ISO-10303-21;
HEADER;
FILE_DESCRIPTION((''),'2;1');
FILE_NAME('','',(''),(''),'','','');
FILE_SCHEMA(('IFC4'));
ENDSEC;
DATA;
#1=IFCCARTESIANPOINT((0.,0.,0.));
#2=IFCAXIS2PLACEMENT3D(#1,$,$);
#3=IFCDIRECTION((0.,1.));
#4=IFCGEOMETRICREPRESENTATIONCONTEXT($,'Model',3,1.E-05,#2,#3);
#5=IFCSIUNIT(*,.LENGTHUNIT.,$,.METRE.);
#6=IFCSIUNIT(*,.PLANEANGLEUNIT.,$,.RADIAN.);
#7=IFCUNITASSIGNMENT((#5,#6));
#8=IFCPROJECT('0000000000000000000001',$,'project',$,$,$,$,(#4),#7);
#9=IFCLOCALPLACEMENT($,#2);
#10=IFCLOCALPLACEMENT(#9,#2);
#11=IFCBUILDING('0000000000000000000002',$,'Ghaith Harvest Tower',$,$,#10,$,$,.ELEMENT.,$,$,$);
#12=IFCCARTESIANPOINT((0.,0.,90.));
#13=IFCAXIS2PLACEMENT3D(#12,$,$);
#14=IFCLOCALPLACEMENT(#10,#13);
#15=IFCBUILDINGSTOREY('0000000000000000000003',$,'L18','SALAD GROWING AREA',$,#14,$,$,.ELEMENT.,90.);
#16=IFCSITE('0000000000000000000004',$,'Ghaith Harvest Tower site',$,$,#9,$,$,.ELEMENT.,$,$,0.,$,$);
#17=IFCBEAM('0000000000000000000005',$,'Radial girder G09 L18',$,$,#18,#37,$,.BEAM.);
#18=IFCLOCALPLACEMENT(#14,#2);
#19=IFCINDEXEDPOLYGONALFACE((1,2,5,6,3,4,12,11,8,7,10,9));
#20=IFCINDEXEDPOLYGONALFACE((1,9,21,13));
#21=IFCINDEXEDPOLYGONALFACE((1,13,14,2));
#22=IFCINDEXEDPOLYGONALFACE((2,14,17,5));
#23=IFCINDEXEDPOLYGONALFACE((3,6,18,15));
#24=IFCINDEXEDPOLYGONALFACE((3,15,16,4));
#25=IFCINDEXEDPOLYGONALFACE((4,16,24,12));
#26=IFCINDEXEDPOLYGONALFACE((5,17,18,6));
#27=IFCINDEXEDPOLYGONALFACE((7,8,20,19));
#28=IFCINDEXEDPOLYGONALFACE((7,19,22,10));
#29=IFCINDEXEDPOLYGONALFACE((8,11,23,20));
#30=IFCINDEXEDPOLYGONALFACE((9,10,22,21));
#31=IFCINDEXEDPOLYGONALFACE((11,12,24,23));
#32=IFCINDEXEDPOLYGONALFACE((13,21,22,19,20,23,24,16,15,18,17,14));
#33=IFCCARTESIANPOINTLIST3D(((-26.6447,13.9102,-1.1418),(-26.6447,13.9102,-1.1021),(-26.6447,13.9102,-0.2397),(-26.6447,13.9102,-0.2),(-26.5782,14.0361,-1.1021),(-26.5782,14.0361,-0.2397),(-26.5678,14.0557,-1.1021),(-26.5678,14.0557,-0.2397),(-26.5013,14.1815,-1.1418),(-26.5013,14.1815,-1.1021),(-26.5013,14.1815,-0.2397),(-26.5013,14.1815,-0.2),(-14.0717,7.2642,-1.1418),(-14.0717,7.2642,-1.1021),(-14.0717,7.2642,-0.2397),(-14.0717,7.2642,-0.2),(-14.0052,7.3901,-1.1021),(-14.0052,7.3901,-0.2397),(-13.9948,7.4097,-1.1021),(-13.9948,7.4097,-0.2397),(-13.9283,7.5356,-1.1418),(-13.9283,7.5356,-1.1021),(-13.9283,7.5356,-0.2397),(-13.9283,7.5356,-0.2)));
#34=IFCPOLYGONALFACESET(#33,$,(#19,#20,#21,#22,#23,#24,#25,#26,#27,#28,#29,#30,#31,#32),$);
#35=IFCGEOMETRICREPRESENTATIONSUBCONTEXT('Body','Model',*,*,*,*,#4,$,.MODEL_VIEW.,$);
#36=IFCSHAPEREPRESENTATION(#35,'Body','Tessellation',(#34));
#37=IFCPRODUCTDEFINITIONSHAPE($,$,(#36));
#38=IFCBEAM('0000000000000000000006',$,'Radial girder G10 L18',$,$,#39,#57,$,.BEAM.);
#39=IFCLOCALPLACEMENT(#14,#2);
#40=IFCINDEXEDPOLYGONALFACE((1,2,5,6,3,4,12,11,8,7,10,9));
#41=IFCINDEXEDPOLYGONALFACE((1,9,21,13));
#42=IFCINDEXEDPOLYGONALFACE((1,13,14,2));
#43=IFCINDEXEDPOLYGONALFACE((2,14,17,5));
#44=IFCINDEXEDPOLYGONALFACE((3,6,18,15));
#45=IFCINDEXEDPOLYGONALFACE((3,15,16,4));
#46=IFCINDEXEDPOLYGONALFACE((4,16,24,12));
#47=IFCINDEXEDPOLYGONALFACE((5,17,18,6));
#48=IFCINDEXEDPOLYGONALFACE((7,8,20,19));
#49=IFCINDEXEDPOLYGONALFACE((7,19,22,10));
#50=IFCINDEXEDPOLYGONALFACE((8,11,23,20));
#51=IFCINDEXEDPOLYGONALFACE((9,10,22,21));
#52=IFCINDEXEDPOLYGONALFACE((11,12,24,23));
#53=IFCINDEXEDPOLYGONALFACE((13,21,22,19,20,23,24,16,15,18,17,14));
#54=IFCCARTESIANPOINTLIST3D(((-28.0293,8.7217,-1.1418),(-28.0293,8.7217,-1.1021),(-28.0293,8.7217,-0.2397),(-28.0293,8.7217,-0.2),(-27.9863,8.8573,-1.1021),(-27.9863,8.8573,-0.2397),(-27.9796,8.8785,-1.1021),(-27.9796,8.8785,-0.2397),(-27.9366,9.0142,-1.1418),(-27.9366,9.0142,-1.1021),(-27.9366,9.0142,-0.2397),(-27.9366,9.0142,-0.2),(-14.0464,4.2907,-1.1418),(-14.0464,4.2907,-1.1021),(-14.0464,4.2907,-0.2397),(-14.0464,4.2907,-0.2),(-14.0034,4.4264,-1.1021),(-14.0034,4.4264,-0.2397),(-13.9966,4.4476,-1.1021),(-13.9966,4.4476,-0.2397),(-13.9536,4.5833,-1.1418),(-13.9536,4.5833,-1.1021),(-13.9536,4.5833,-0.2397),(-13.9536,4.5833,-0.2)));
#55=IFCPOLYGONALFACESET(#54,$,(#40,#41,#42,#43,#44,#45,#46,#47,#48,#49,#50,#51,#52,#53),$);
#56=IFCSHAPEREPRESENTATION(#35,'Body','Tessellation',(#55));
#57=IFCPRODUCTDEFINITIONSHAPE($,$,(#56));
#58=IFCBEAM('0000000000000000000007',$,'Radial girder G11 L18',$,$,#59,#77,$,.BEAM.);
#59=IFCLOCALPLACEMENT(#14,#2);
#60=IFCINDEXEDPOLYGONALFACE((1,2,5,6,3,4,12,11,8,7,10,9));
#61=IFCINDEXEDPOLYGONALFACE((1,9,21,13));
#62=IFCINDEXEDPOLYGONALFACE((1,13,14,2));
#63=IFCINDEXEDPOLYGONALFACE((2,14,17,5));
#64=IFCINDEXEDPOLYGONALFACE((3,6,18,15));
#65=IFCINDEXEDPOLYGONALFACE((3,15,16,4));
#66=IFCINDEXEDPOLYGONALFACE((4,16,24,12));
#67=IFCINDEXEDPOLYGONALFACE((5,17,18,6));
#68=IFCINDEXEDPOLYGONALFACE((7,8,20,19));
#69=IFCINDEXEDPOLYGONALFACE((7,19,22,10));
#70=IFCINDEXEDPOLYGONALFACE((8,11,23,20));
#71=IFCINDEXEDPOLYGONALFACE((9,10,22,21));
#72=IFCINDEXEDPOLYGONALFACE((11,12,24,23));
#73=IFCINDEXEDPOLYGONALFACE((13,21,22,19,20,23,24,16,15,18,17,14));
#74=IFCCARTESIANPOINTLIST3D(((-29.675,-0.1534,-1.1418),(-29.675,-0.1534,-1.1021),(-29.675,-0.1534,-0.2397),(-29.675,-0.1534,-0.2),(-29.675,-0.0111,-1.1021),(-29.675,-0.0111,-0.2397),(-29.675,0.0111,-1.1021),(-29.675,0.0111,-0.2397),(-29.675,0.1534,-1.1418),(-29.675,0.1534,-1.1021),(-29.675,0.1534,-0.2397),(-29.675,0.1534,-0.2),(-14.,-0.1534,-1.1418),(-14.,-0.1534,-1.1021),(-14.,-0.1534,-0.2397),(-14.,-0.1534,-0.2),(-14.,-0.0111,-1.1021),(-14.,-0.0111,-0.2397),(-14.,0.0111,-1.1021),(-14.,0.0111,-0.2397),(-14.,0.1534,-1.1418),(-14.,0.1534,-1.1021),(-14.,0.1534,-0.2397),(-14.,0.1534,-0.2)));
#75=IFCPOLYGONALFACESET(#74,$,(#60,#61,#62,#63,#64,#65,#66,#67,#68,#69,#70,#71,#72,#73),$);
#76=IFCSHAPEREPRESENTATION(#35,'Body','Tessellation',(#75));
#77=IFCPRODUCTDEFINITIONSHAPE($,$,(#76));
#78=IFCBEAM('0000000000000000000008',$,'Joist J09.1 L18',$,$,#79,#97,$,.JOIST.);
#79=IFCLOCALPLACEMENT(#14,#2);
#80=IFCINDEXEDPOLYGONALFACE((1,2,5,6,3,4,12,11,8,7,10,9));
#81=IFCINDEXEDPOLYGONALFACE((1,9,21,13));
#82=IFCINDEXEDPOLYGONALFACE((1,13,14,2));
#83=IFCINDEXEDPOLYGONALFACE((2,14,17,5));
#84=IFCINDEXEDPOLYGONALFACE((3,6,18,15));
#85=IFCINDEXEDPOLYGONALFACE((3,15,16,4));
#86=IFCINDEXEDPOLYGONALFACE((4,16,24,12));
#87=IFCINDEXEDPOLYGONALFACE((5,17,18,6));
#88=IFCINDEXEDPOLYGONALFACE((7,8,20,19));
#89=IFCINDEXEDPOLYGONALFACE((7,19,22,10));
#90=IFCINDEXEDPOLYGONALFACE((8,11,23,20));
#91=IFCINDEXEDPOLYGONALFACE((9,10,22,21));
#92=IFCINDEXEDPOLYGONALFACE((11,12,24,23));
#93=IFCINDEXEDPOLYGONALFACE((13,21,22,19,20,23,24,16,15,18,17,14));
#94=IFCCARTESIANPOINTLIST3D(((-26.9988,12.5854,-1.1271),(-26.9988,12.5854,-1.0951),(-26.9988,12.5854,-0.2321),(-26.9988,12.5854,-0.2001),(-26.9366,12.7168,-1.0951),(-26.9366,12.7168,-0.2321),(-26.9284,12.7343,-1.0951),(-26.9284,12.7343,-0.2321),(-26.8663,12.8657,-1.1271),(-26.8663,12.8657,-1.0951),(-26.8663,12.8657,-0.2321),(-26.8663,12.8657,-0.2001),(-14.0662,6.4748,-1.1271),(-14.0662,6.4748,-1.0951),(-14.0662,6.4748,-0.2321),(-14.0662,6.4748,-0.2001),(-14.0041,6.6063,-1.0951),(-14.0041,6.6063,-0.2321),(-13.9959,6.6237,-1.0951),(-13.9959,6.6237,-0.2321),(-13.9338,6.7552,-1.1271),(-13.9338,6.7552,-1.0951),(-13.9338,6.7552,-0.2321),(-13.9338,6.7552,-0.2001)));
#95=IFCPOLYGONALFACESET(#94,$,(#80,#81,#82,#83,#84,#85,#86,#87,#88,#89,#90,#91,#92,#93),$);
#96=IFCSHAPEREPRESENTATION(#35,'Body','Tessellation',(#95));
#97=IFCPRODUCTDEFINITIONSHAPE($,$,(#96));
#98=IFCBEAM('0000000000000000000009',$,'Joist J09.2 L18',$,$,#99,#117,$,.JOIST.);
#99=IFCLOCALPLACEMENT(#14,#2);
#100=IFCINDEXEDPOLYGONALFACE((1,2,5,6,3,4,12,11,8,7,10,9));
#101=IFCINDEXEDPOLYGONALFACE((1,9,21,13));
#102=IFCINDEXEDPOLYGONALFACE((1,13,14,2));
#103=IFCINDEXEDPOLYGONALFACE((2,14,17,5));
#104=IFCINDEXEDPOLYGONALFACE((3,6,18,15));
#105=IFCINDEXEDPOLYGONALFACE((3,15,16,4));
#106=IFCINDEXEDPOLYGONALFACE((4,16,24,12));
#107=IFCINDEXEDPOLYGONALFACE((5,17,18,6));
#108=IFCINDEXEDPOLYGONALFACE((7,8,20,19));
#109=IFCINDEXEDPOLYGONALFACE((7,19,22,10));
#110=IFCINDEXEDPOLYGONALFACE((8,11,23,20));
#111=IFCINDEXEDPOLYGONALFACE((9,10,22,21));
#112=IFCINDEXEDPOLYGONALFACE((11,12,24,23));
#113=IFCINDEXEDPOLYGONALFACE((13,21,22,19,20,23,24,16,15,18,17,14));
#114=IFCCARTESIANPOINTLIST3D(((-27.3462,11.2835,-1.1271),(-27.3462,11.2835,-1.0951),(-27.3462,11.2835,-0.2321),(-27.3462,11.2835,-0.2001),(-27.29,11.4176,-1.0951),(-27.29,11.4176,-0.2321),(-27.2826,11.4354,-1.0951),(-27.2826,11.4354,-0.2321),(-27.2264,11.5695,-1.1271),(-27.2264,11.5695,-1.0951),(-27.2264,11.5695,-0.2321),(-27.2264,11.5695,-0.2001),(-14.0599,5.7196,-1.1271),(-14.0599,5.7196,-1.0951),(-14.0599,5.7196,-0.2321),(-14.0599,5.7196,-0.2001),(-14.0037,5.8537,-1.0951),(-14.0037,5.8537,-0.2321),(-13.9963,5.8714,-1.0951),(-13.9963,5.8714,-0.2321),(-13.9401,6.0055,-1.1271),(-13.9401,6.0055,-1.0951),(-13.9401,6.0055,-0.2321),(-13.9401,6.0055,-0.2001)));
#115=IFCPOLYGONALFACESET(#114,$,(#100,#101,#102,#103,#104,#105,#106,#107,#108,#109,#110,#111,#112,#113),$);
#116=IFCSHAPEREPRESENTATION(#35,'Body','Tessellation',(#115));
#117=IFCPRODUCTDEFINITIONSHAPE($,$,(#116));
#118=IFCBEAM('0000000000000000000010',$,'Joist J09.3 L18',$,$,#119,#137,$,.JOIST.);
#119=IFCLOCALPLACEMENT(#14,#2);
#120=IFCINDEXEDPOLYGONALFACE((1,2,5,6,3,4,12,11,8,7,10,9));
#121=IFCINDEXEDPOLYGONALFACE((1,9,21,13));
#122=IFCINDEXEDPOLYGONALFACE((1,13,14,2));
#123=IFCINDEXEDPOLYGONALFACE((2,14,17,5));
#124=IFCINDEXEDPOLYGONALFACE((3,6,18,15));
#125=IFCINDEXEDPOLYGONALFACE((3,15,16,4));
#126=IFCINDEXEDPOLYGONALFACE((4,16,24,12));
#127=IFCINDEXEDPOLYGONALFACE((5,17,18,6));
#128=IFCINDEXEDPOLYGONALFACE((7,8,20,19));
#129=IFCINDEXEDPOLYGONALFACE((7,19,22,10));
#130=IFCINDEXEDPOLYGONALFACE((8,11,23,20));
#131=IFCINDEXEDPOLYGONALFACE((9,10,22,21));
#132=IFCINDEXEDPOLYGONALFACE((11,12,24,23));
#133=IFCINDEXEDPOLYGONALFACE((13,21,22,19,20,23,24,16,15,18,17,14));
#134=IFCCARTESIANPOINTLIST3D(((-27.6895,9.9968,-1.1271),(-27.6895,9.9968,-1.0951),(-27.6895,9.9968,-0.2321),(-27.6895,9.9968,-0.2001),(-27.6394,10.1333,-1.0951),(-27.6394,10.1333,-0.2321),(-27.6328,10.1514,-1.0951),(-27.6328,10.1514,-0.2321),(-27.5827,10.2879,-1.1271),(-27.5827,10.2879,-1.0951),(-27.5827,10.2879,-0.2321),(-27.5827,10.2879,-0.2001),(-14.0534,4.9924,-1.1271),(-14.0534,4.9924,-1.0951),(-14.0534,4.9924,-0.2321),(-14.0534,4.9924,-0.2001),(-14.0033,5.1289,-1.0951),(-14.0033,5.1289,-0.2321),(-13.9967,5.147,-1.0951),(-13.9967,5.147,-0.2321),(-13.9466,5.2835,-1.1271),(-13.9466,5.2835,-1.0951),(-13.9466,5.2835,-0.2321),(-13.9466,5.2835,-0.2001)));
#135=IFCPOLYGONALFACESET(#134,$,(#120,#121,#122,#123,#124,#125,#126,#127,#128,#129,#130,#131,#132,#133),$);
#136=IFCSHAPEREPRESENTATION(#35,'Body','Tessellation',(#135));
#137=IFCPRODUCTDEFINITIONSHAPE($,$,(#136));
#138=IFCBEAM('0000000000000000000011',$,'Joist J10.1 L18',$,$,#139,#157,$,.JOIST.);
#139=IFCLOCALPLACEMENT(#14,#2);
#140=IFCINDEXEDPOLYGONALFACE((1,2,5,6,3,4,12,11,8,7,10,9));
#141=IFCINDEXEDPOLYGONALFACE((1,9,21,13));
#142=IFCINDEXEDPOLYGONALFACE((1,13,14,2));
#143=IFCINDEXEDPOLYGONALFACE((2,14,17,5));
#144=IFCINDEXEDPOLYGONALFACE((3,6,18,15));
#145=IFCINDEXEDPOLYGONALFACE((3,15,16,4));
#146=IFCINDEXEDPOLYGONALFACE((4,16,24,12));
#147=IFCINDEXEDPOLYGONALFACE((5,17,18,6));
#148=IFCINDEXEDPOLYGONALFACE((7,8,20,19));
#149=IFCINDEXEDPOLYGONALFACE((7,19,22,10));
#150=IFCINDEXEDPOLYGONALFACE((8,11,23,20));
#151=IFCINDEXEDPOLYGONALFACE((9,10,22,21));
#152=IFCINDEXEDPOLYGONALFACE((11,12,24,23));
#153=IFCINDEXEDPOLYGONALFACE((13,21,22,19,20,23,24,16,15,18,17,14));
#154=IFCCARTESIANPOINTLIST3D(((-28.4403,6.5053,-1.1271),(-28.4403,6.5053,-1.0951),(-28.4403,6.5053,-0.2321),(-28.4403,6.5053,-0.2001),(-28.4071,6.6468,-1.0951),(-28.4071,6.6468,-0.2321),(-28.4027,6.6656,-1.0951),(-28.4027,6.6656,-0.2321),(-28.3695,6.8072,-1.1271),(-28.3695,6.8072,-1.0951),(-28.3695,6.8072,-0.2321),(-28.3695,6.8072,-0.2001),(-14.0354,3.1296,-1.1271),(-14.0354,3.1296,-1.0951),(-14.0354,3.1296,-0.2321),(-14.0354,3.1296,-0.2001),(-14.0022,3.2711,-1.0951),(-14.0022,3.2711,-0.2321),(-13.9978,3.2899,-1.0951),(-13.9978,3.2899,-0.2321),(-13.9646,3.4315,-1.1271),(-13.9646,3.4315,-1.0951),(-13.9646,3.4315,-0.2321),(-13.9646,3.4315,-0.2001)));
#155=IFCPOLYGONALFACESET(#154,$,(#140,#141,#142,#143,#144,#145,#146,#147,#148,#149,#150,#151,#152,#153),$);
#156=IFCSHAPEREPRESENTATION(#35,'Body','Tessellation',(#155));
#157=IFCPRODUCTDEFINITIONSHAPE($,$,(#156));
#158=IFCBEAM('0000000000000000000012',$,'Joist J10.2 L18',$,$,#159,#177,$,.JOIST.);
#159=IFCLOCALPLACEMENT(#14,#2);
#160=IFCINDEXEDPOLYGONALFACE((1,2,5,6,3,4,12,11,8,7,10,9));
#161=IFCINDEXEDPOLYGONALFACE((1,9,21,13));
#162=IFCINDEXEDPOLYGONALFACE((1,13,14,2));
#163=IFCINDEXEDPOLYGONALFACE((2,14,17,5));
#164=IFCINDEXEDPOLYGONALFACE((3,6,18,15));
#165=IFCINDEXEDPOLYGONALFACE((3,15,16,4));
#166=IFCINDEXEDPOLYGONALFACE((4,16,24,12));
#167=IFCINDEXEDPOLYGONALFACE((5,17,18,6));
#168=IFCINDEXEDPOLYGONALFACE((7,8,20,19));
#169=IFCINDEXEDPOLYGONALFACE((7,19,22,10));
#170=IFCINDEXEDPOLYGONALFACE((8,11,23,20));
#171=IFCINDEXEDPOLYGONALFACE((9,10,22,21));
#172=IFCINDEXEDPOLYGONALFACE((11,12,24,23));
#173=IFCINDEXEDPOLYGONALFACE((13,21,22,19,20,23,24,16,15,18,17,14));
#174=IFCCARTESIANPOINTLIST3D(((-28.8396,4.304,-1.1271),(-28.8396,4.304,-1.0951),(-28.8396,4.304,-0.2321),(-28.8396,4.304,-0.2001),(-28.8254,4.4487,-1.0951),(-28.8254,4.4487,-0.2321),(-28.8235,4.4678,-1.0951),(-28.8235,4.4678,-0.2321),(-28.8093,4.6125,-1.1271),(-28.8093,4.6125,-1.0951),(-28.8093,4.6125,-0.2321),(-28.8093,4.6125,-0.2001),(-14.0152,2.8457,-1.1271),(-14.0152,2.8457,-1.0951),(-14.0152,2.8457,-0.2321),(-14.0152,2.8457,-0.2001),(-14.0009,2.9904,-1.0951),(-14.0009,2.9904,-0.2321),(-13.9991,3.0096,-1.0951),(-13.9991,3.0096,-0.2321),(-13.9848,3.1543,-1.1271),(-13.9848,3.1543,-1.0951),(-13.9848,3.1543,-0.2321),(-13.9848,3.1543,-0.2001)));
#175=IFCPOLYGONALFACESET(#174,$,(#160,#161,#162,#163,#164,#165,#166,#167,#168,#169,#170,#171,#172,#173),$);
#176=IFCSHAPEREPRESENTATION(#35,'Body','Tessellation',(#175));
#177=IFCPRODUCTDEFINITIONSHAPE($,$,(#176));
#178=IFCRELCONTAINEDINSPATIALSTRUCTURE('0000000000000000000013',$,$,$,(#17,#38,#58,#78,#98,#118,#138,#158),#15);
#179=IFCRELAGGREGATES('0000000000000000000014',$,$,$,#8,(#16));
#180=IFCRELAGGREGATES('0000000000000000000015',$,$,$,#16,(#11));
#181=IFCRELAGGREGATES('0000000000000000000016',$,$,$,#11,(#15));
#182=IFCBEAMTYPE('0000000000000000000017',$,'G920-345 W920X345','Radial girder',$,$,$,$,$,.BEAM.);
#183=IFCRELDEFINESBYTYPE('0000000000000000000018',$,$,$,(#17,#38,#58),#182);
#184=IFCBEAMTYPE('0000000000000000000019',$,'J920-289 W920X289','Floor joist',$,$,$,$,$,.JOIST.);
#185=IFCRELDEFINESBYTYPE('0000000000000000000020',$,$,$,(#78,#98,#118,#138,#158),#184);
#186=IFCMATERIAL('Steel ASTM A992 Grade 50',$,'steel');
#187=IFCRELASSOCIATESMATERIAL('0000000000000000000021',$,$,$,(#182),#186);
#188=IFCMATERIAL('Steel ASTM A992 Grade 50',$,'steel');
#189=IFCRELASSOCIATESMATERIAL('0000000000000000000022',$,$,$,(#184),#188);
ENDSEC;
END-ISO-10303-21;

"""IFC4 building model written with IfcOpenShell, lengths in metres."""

from ifc_helpers import new_model, si_unit, direction, frame, origin, origin_2d, place, context, subcontext, project, spatial, i_section, extrude, material, material_profile, profile_set, type_object, element, save


model = new_model("IFC4")

# Units and contexts
model_context = context("Model", 3, precision=1e-05, world=origin(), true_north=direction((0.0, 1.0)))
body_context = subcontext(model_context, "Body", "Model", "MODEL_VIEW")
ifc_project = project(units=[si_unit("LENGTHUNIT", "METRE"), si_unit("PLANEANGLEUNIT", "RADIAN")], contexts=[model_context])

# Site, building, storey
site_placement = place(None, origin())
site = spatial("IfcSite", under=ifc_project, at=site_placement, Name="Ghaith Harvest Tower site", CompositionType="ELEMENT", RefElevation=0.0)
building_placement = place(site_placement, origin())
building = spatial("IfcBuilding", under=site, at=building_placement, Name="Ghaith Harvest Tower", CompositionType="ELEMENT")
storey_placement = place(building_placement, frame((0.0, 0.0, 90.0)))
storey = spatial("IfcBuildingStorey", under=building, at=storey_placement, Name="L18", Description="SALAD GROWING AREA", CompositionType="ELEMENT", Elevation=90.0)

# Beams
ifc_material_1 = material(Name="Steel ASTM A992 Grade 50", Category="steel")
ifc_material_profile_1 = material_profile(ifc_material_1, i_section(OverallWidth=0.3069, OverallDepth=0.9419, WebThickness=0.0222, FlangeThickness=0.0398, at=origin_2d()), Name="W920X345")
ifc_profile_set_1 = profile_set([ifc_material_profile_1], Name="Steel ASTM A992 Grade 50")
beam_type_1 = type_object("IfcBeamType", Name="G920-345 W920X345", Description="Radial girder", PredefinedType="BEAM", material=ifc_profile_set_1)
beam_1_placement = place(storey_placement, frame((-14.0, 7.3999, -0.6709), z_axis=(-0.884087, 0.467322, 0.0), x_axis=(-0.467322, -0.884087, 0.0)))
element("IfcBeam", 1, at=beam_1_placement, inside=storey, type_object=beam_type_1, Name="Radial girder G09 L18", PredefinedType="BEAM", context=body_context, shape_type="SweptSolid", body=[
    extrude(i_section(OverallWidth=0.3069, OverallDepth=0.9419, WebThickness=0.0222, FlangeThickness=0.0398, at=origin_2d()), origin(), (0.0, 0.0, 1.0), 14.2214),
])
beam_2_placement = place(storey_placement, frame((-14.0, 4.437, -0.6709), z_axis=(-0.953284, 0.302077, 0.0), x_axis=(-0.302077, -0.953284, 0.0)))
element("IfcBeam", 2, at=beam_2_placement, inside=storey, type_object=beam_type_1, Name="Radial girder G10 L18", PredefinedType="BEAM", context=body_context, shape_type="SweptSolid", body=[
    extrude(i_section(OverallWidth=0.3069, OverallDepth=0.9419, WebThickness=0.0222, FlangeThickness=0.0398, at=origin_2d()), origin(), (0.0, 0.0, 1.0), 14.6682),
])
beam_3_placement = place(storey_placement, frame((-14.0, 0.0, -0.6709), z_axis=(-1.0, 0.0, 0.0), x_axis=(0.0, -1.0, 0.0)))
element("IfcBeam", 3, at=beam_3_placement, inside=storey, type_object=beam_type_1, Name="Radial girder G11 L18", PredefinedType="BEAM", context=body_context, shape_type="SweptSolid", body=[
    extrude(i_section(OverallWidth=0.3069, OverallDepth=0.9419, WebThickness=0.0222, FlangeThickness=0.0398, at=origin_2d()), origin(), (0.0, 0.0, 1.0), 15.675),
])
ifc_material_2 = material(Name="Steel ASTM A992 Grade 50", Category="steel")
ifc_material_profile_2 = material_profile(ifc_material_2, i_section(OverallWidth=0.3101, OverallDepth=0.927, WebThickness=0.0193, FlangeThickness=0.032, at=origin_2d()), Name="W920X289")
ifc_profile_set_2 = profile_set([ifc_material_profile_2], Name="Steel ASTM A992 Grade 50")
beam_type_2 = type_object("IfcBeamType", Name="J920-289 W920X289", Description="Floor joist", PredefinedType="JOIST", material=ifc_profile_set_2)
beam_4_placement = place(storey_placement, frame((-14.0, 6.615, -0.6636), z_axis=(-0.904153, 0.427208, 0.0), x_axis=(-0.427208, -0.904153, 0.0)))
element("IfcBeam", 4, at=beam_4_placement, inside=storey, type_object=beam_type_2, Name="Joist J09.1 L18", PredefinedType="JOIST", context=body_context, shape_type="SweptSolid", body=[
    extrude(i_section(OverallWidth=0.3101, OverallDepth=0.927, WebThickness=0.0193, FlangeThickness=0.032, at=origin_2d()), origin(), (0.0, 0.0, 1.0), 14.3035),
])
beam_5_placement = place(storey_placement, frame((-14.0, 5.8625, -0.6636), z_axis=(-0.922386, 0.38627, 0.0), x_axis=(-0.38627, -0.922386, 0.0)))
element("IfcBeam", 5, at=beam_5_placement, inside=storey, type_object=beam_type_2, Name="Joist J09.2 L18", PredefinedType="JOIST", context=body_context, shape_type="SweptSolid", body=[
    extrude(i_section(OverallWidth=0.3101, OverallDepth=0.927, WebThickness=0.0193, FlangeThickness=0.032, at=origin_2d()), origin(), (0.0, 0.0, 1.0), 14.4043),
])
beam_6_placement = place(storey_placement, frame((-14.0, 5.1379, -0.6636), z_axis=(-0.938775, 0.34453, 0.0), x_axis=(-0.34453, -0.938775, 0.0)))
element("IfcBeam", 6, at=beam_6_placement, inside=storey, type_object=beam_type_2, Name="Joist J09.3 L18", PredefinedType="JOIST", context=body_context, shape_type="SweptSolid", body=[
    extrude(i_section(OverallWidth=0.3101, OverallDepth=0.927, WebThickness=0.0193, FlangeThickness=0.032, at=origin_2d()), origin(), (0.0, 0.0, 1.0), 14.5254),
])
beam_7_placement = place(storey_placement, frame((-14.0, 3.2805, -0.6636), z_axis=(-0.973623, 0.228163, 0.0), x_axis=(-0.228163, -0.973623, 0.0)))
element("IfcBeam", 7, at=beam_7_placement, inside=storey, type_object=beam_type_2, Name="Joist J10.1 L18", PredefinedType="JOIST", context=body_context, shape_type="SweptSolid", body=[
    extrude(i_section(OverallWidth=0.3101, OverallDepth=0.927, WebThickness=0.0193, FlangeThickness=0.032, at=origin_2d()), origin(), (0.0, 0.0, 1.0), 14.7952),
])
beam_8_placement = place(storey_placement, frame((-14.0, 3.0, -0.6636), z_axis=(-0.995197, 0.097895, 0.0), x_axis=(-0.097895, -0.995197, 0.0)))
element("IfcBeam", 8, at=beam_8_placement, inside=storey, type_object=beam_type_2, Name="Joist J10.2 L18", PredefinedType="JOIST", context=body_context, shape_type="SweptSolid", body=[
    extrude(i_section(OverallWidth=0.3101, OverallDepth=0.927, WebThickness=0.0193, FlangeThickness=0.032, at=origin_2d()), origin(), (0.0, 0.0, 1.0), 14.896),
])

save(model, "model.ifc")
